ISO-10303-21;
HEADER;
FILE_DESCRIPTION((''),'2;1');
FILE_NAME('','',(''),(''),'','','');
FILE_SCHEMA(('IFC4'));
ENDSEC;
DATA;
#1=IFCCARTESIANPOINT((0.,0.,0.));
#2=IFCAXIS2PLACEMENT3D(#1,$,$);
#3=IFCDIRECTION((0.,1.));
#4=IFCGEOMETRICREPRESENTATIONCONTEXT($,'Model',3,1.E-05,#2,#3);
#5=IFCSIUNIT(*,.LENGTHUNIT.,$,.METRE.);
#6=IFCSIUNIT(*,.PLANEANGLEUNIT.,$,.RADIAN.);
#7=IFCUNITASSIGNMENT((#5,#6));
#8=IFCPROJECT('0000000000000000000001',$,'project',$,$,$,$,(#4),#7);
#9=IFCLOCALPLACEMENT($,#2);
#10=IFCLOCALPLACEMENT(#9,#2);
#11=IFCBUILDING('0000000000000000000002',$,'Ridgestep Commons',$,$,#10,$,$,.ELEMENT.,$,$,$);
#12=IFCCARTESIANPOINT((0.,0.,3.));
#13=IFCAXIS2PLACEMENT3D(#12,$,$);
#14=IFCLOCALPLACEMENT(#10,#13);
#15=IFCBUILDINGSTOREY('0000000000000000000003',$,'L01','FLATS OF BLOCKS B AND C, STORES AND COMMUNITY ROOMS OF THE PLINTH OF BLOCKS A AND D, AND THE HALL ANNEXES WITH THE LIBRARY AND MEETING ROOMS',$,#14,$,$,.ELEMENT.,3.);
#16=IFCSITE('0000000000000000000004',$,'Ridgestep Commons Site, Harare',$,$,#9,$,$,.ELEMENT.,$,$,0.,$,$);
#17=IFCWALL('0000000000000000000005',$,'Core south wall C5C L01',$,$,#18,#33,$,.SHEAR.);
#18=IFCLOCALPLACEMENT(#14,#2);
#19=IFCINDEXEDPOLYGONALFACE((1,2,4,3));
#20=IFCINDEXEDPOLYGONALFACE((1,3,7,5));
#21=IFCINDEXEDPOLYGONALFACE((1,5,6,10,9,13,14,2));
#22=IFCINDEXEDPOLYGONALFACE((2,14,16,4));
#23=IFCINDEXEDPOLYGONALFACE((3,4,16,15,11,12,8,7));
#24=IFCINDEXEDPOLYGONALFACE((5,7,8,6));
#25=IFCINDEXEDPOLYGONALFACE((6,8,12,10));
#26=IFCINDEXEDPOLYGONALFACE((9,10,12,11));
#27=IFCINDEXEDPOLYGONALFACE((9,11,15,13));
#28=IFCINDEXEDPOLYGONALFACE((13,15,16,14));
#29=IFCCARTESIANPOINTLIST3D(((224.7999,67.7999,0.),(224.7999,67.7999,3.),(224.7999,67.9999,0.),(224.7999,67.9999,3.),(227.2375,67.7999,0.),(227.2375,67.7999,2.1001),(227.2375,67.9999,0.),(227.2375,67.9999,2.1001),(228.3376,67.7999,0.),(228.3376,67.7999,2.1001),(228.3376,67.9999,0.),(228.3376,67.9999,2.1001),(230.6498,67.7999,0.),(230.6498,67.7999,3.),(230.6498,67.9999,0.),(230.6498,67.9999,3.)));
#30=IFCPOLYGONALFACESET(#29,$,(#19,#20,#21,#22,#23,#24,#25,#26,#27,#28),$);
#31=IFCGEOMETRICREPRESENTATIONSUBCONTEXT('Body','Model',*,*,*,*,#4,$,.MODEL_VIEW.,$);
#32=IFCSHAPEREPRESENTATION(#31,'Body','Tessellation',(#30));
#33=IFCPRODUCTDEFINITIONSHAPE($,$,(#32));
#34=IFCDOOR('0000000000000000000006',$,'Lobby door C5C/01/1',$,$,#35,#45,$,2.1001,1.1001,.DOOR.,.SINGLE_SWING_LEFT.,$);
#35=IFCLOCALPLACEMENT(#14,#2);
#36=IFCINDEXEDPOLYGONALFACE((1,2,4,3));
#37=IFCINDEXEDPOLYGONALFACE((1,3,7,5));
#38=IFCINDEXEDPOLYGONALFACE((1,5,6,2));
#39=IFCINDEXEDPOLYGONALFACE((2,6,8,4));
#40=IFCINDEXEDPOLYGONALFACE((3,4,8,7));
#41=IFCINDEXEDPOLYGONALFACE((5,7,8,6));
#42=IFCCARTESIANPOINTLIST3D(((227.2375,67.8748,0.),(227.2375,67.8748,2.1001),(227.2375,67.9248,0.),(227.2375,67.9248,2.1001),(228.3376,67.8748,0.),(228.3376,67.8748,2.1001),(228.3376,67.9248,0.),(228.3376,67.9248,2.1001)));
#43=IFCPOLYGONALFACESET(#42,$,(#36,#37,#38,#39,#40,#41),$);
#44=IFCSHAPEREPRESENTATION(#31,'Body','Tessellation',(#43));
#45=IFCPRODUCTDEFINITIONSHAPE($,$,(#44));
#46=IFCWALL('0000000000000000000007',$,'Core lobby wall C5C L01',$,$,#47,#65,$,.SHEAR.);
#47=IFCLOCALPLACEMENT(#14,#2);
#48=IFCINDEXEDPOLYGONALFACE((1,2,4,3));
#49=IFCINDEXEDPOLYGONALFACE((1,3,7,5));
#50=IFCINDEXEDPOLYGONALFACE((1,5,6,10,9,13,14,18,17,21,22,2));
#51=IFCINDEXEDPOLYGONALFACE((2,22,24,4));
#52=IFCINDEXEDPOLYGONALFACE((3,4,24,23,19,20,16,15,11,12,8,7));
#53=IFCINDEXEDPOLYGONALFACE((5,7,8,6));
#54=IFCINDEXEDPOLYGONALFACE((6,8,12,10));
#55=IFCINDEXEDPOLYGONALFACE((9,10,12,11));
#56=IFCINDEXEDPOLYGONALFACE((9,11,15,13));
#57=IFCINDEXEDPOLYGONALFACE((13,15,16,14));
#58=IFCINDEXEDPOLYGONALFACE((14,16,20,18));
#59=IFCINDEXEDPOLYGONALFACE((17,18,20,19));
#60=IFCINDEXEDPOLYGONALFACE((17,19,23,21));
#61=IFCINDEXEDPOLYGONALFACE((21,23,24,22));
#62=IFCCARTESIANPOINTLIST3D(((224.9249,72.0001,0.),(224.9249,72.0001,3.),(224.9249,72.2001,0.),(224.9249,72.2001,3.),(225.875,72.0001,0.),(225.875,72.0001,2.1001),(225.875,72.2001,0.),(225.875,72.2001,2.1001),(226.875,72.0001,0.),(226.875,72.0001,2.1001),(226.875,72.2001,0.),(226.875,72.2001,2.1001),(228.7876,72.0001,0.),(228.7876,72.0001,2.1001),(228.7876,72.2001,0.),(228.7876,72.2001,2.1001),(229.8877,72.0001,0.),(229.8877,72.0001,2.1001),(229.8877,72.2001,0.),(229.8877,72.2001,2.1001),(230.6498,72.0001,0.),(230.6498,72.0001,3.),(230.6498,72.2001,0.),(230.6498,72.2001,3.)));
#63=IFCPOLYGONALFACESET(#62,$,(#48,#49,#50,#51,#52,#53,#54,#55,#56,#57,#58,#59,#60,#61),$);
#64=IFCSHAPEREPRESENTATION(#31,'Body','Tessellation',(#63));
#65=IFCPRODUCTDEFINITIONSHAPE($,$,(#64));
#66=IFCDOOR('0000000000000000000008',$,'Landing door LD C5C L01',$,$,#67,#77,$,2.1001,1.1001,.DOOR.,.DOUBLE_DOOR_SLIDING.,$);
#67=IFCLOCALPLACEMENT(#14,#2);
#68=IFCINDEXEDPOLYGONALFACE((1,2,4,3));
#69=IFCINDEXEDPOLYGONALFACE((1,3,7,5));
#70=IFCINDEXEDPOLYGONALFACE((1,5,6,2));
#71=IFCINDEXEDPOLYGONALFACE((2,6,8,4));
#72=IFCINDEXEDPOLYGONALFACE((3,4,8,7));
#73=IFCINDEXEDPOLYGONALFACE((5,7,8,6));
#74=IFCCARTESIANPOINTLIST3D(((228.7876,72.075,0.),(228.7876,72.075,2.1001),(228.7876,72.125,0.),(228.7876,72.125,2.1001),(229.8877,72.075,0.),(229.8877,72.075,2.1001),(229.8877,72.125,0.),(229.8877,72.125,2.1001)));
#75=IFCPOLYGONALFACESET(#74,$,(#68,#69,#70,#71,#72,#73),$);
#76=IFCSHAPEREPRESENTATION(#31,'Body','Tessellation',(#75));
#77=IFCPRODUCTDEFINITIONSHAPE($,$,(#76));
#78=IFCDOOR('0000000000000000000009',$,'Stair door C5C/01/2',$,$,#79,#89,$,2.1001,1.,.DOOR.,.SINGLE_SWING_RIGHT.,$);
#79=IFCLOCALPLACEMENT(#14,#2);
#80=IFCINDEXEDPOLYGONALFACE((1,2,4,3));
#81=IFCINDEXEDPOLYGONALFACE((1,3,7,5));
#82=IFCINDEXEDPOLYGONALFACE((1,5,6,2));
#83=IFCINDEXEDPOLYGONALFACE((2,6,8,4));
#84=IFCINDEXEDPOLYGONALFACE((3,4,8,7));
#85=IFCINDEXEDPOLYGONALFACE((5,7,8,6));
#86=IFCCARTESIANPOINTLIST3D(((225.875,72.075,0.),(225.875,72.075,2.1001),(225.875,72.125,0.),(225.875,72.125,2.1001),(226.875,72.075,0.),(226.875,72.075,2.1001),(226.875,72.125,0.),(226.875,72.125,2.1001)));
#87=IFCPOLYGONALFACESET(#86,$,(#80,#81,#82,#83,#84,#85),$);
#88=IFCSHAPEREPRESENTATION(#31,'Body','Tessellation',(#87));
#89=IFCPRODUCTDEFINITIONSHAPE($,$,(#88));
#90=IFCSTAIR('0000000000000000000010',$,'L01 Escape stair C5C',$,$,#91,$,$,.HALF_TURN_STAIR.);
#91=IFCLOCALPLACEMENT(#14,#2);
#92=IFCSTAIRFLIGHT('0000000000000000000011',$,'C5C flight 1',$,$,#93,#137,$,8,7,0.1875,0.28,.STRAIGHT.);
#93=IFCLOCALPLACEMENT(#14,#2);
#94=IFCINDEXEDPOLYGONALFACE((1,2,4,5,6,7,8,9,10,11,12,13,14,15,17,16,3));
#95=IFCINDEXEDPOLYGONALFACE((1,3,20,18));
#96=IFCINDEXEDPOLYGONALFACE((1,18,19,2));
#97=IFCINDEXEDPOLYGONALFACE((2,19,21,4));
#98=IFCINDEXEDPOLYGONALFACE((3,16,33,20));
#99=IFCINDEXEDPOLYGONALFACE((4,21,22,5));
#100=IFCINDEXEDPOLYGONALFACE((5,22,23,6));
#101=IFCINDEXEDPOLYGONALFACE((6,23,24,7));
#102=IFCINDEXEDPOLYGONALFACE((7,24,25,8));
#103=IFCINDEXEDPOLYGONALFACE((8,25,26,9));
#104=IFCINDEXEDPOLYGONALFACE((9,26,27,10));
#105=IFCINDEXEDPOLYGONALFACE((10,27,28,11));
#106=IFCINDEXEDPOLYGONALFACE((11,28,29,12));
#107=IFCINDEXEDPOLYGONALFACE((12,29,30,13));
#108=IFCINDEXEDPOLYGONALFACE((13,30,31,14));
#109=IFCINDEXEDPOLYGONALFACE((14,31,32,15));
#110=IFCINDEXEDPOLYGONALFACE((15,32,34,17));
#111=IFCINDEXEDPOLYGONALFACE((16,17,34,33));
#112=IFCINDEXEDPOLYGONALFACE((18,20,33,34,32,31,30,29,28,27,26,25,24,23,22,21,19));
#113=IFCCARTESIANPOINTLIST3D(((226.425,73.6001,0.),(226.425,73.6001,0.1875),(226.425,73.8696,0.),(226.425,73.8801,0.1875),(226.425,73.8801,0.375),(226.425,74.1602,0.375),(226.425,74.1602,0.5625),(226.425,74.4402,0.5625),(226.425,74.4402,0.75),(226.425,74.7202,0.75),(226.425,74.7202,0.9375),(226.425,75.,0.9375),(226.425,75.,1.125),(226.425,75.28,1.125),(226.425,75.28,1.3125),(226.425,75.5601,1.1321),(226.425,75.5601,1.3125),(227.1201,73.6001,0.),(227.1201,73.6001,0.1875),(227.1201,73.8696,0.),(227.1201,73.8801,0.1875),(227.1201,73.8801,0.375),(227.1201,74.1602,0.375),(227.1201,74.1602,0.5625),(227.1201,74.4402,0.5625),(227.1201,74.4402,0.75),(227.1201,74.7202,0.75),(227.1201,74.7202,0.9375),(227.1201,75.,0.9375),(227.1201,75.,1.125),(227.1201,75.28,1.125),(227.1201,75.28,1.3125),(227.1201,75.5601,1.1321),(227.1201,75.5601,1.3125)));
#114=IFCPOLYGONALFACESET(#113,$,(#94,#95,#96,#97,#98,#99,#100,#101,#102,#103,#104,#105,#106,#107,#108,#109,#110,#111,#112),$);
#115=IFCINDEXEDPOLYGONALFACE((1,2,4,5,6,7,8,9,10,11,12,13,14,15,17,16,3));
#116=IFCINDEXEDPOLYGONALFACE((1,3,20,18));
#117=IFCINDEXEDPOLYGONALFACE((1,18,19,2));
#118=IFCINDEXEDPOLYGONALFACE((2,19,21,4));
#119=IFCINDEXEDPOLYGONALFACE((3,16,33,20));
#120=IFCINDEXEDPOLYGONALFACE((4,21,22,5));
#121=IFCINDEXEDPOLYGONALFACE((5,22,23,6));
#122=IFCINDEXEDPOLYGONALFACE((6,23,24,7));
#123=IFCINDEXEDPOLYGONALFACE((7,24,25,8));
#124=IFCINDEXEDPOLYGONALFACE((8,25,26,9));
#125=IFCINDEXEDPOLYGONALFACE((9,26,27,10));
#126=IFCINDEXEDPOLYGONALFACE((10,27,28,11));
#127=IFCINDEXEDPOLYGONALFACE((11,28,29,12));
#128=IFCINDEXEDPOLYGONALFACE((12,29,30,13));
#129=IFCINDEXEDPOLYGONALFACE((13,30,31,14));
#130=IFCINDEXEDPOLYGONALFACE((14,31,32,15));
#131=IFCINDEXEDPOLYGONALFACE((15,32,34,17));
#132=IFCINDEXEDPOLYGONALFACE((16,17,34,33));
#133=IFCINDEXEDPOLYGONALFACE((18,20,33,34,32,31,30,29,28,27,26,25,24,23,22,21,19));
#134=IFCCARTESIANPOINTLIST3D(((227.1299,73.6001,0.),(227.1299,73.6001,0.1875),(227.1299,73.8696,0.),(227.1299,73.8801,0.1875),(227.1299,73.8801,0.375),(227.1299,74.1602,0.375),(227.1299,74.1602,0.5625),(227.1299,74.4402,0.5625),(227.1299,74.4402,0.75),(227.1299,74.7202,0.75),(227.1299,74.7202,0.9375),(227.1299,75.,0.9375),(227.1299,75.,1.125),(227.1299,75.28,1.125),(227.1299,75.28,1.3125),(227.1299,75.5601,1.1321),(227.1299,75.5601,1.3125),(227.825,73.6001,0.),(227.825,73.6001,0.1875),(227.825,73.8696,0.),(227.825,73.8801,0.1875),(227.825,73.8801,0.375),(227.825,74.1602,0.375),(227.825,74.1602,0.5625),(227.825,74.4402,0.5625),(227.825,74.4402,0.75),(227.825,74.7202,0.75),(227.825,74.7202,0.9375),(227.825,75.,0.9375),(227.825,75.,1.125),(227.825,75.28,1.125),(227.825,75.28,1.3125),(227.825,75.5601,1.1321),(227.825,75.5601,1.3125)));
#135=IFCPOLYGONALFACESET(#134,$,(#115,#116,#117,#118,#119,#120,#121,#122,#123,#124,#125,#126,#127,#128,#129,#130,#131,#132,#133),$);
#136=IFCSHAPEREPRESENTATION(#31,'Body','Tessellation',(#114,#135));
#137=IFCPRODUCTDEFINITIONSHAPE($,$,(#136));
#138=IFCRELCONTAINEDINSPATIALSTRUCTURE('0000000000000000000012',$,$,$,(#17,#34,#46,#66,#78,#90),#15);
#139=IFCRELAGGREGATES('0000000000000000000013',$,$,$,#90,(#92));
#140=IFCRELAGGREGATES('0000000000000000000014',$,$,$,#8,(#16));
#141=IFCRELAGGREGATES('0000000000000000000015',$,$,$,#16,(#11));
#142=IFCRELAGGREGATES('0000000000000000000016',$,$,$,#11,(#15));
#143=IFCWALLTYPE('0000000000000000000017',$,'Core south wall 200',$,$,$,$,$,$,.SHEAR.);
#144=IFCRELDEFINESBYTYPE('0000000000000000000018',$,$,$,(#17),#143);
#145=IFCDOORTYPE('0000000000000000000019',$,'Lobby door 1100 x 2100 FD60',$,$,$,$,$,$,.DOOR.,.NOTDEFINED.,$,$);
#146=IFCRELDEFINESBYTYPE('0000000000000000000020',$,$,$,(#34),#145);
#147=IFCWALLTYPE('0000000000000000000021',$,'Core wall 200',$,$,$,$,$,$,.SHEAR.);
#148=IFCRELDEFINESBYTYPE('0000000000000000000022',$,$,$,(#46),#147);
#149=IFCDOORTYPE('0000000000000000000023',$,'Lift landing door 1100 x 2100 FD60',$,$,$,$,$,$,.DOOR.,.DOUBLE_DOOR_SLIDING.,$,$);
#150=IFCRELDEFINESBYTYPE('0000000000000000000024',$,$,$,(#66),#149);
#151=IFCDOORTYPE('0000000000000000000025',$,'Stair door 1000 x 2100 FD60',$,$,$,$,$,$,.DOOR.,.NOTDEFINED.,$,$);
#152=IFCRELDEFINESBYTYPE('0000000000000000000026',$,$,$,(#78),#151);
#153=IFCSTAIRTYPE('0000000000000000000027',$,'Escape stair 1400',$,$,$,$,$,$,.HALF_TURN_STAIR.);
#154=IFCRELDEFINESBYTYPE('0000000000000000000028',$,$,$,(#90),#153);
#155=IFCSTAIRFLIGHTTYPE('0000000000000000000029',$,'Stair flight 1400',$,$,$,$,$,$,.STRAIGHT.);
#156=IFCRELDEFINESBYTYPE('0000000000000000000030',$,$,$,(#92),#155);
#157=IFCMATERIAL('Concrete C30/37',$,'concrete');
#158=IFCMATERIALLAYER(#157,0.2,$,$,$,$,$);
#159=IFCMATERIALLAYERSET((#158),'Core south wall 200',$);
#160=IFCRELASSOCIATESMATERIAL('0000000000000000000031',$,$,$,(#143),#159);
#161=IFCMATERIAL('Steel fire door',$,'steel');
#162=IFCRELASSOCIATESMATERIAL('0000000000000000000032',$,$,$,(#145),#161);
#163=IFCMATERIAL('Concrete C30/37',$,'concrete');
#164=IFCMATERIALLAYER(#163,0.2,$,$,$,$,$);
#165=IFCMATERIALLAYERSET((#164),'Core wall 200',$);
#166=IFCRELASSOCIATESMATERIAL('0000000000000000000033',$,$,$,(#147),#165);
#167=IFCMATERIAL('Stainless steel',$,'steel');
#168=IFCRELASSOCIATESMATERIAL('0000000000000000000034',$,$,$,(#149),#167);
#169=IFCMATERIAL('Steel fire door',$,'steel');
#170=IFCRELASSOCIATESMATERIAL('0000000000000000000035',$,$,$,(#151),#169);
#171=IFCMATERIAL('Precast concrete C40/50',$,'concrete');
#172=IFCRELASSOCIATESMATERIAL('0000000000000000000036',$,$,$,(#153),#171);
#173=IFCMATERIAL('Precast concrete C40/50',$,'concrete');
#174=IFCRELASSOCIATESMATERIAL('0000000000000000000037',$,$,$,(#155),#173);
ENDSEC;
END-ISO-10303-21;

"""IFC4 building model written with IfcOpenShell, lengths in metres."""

from ifc_helpers import new_model, si_unit, direction, frame, frame_2d, origin, place, context, subcontext, project, spatial, polyline, rectangle, outline, extrude, material, layer, layer_set, type_object, element, fill, aggregate, save


model = new_model("IFC4")

# Units and contexts
model_context = context("Model", 3, precision=1e-05, world=origin(), true_north=direction((0.0, 1.0)))
body_context = subcontext(model_context, "Body", "Model", "MODEL_VIEW")
ifc_project = project(units=[si_unit("LENGTHUNIT", "METRE"), si_unit("PLANEANGLEUNIT", "RADIAN")], contexts=[model_context])

# Site, building, storey
site_placement = place(None, origin())
site = spatial("IfcSite", under=ifc_project, at=site_placement, Name="Ridgestep Commons Site, Harare", CompositionType="ELEMENT", RefElevation=0.0)
building_placement = place(site_placement, origin())
building = spatial("IfcBuilding", under=site, at=building_placement, Name="Ridgestep Commons", CompositionType="ELEMENT")
storey_placement = place(building_placement, frame((0.0, 0.0, 3.0)))
storey = spatial("IfcBuildingStorey", under=building, at=storey_placement, Name="L01", Description="FLATS OF BLOCKS B AND C, STORES AND COMMUNITY ROOMS OF THE PLINTH OF BLOCKS A AND D, AND THE HALL ANNEXES WITH THE LIBRARY AND MEETING ROOMS", CompositionType="ELEMENT", Elevation=3.0)

# Wall, opening, door
ifc_material_1 = material(Name="Concrete C30/37", Category="concrete")
ifc_layer_1 = layer(ifc_material_1, 0.2)
ifc_layer_set_1 = layer_set([ifc_layer_1], Name="Core south wall 200")
wall_type_1 = type_object("IfcWallType", Name="Core south wall 200", PredefinedType="SHEAR", material=ifc_layer_set_1)
wall_1_placement = place(storey_placement, frame((224.8, 67.8999, 0.0), z_axis=(0.0, 0.0, 1.0), x_axis=(1.0, 0.0, 0.0)))
wall_1 = element("IfcWall", 1, at=wall_1_placement, inside=storey, type_object=wall_type_1, Name="Core south wall C5C L01", PredefinedType="SHEAR", context=body_context, shape_type="SweptSolid", body=[
    extrude(rectangle(XDim=5.8499, YDim=0.2, at=frame_2d((2.9248, 0.0))), origin(), (0.0, 0.0, 1.0), 3.0),
])
opening_1_placement = place(wall_1_placement, frame((2.4375, 0.0, 0.0)))
opening_1 = element("IfcOpeningElement", 2, at=opening_1_placement, cuts=wall_1, PredefinedType="OPENING", context=body_context, shape_type="SweptSolid", body=[
    extrude(rectangle(XDim=1.1001, YDim=2.1001, at=frame_2d((0.55, 1.05))), frame((0.0, 0.1099, 0.0), z_axis=(0.0, -1.0, 0.0), x_axis=(1.0, 0.0, 0.0)), (0.0, 0.0, 1.0), 0.22),
])
ifc_material_2 = material(Name="Steel fire door", Category="steel")
door_type_1 = type_object("IfcDoorType", Name="Lobby door 1100 x 2100 FD60", OperationType="NOTDEFINED", PredefinedType="DOOR", material=ifc_material_2)
door_1_placement = place(opening_1_placement, origin())
door_1 = element("IfcDoor", 3, at=door_1_placement, inside=storey, type_object=door_type_1, Name="Lobby door C5C/01/1", OperationType="SINGLE_SWING_LEFT", OverallHeight=2.1001, OverallWidth=1.1001, PredefinedType="DOOR", context=body_context, shape_type="SweptSolid", body=[
    extrude(rectangle(XDim=1.1001, YDim=2.1001, at=frame_2d((0.55, 1.05))), frame((0.0, 0.0249, 0.0), z_axis=(0.0, -1.0, 0.0), x_axis=(1.0, 0.0, 0.0)), (0.0, 0.0, 1.0), 0.05),
])
fill(opening_1, door_1)

# Wall, openings, doors
ifc_material_3 = material(Name="Concrete C30/37", Category="concrete")
ifc_layer_2 = layer(ifc_material_3, 0.2)
ifc_layer_set_2 = layer_set([ifc_layer_2], Name="Core wall 200")
wall_type_2 = type_object("IfcWallType", Name="Core wall 200", PredefinedType="SHEAR", material=ifc_layer_set_2)
wall_2_placement = place(storey_placement, frame((224.925, 72.1001, 0.0), z_axis=(0.0, 0.0, 1.0), x_axis=(1.0, 0.0, 0.0)))
wall_2 = element("IfcWall", 4, at=wall_2_placement, inside=storey, type_object=wall_type_2, Name="Core lobby wall C5C L01", PredefinedType="SHEAR", context=body_context, shape_type="SweptSolid", body=[
    extrude(rectangle(XDim=5.7249, YDim=0.2, at=frame_2d((2.8623, 0.0))), origin(), (0.0, 0.0, 1.0), 3.0),
])
opening_2_placement = place(wall_2_placement, frame((0.95, 0.0, 0.0)))
opening_2 = element("IfcOpeningElement", 5, at=opening_2_placement, cuts=wall_2, PredefinedType="OPENING", context=body_context, shape_type="SweptSolid", body=[
    extrude(rectangle(XDim=1.0, YDim=2.1001, at=frame_2d((0.5, 1.05))), frame((0.0, 0.1099, 0.0), z_axis=(0.0, -1.0, 0.0), x_axis=(1.0, 0.0, 0.0)), (0.0, 0.0, 1.0), 0.22),
])
opening_3_placement = place(wall_2_placement, frame((3.8625, 0.0, 0.0)))
opening_3 = element("IfcOpeningElement", 6, at=opening_3_placement, cuts=wall_2, PredefinedType="OPENING", context=body_context, shape_type="SweptSolid", body=[
    extrude(rectangle(XDim=1.1001, YDim=2.1001, at=frame_2d((0.55, 1.05))), frame((0.0, 0.1099, 0.0), z_axis=(0.0, -1.0, 0.0), x_axis=(1.0, 0.0, 0.0)), (0.0, 0.0, 1.0), 0.22),
])
ifc_material_4 = material(Name="Stainless steel", Category="steel")
door_type_2 = type_object("IfcDoorType", Name="Lift landing door 1100 x 2100 FD60", OperationType="DOUBLE_DOOR_SLIDING", PredefinedType="DOOR", material=ifc_material_4)
door_2_placement = place(opening_3_placement, origin())
door_2 = element("IfcDoor", 7, at=door_2_placement, inside=storey, type_object=door_type_2, Name="Landing door LD C5C L01", OperationType="DOUBLE_DOOR_SLIDING", OverallHeight=2.1001, OverallWidth=1.1001, PredefinedType="DOOR", context=body_context, shape_type="SweptSolid", body=[
    extrude(rectangle(XDim=1.1001, YDim=2.1001, at=frame_2d((0.55, 1.05))), frame((0.0, 0.0249, 0.0), z_axis=(0.0, -1.0, 0.0), x_axis=(1.0, 0.0, 0.0)), (0.0, 0.0, 1.0), 0.05),
])
fill(opening_3, door_2)
ifc_material_5 = material(Name="Steel fire door", Category="steel")
door_type_3 = type_object("IfcDoorType", Name="Stair door 1000 x 2100 FD60", OperationType="NOTDEFINED", PredefinedType="DOOR", material=ifc_material_5)
door_3_placement = place(opening_2_placement, origin())
door_3 = element("IfcDoor", 8, at=door_3_placement, inside=storey, type_object=door_type_3, Name="Stair door C5C/01/2", OperationType="SINGLE_SWING_RIGHT", OverallHeight=2.1001, OverallWidth=1.0, PredefinedType="DOOR", context=body_context, shape_type="SweptSolid", body=[
    extrude(rectangle(XDim=1.0, YDim=2.1001, at=frame_2d((0.5, 1.05))), frame((0.0, 0.0249, 0.0), z_axis=(0.0, -1.0, 0.0), x_axis=(1.0, 0.0, 0.0)), (0.0, 0.0, 1.0), 0.05),
])
fill(opening_2, door_3)

# Stair, stair flight
ifc_material_6 = material(Name="Precast concrete C40/50", Category="concrete")
stair_type = type_object("IfcStairType", Name="Escape stair 1400", PredefinedType="HALF_TURN_STAIR", material=ifc_material_6)
stair_placement = place(storey_placement, origin())
stair = element("IfcStair", 9, at=stair_placement, inside=storey, type_object=stair_type, Name="L01 Escape stair C5C", PredefinedType="HALF_TURN_STAIR")
ifc_material_7 = material(Name="Precast concrete C40/50", Category="concrete")
stair_flight_type = type_object("IfcStairFlightType", Name="Stair flight 1400", PredefinedType="STRAIGHT", material=ifc_material_7)
stair_flight_1_placement = place(storey_placement, frame((227.125, 73.6001, 0.0), z_axis=(0.0, 0.0, 1.0), x_axis=(0.0, 1.0, 0.0)))
stair_flight_1 = element("IfcStairFlight", 10, at=stair_flight_1_placement, type_object=stair_flight_type, Name="C5C flight 1", NumberOfRisers=8, NumberOfTreads=7, PredefinedType="STRAIGHT", RiserHeight=0.1875, TreadLength=0.28, context=body_context, shape_type="SweptSolid", body=[
    extrude(outline(polyline([(0.0, 0.0), (0.0, 0.1875), (0.28, 0.1875), (0.28, 0.375), (0.5601, 0.375), (0.5601, 0.5625), (0.8401, 0.5625), (0.8401, 0.75), (1.1201, 0.75), (1.1201, 0.9375), (1.3999, 0.9375), (1.3999, 1.125), (1.6799, 1.125), (1.6799, 1.3125), (1.96, 1.3125), (1.96, 1.5), (1.96, 1.1321), (0.2695, 0.0), (0.0, 0.0)])), frame((0.0, 0.7, 0.0), z_axis=(0.0, -1.0, 0.0), x_axis=(1.0, 0.0, 0.0)), (0.0, 0.0, 1.0), 0.6951),
    extrude(outline(polyline([(0.0, 0.0), (0.0, 0.1875), (0.28, 0.1875), (0.28, 0.375), (0.5601, 0.375), (0.5601, 0.5625), (0.8401, 0.5625), (0.8401, 0.75), (1.1201, 0.75), (1.1201, 0.9375), (1.3999, 0.9375), (1.3999, 1.125), (1.6799, 1.125), (1.6799, 1.3125), (1.96, 1.3125), (1.96, 1.5), (1.96, 1.1321), (0.2695, 0.0), (0.0, 0.0)])), frame((0.0, -0.0049, 0.0), z_axis=(0.0, -1.0, 0.0), x_axis=(1.0, 0.0, 0.0)), (0.0, 0.0, 1.0), 0.6951),
])
aggregate(stair, [stair_flight_1])

save(model, "model.ifc")
